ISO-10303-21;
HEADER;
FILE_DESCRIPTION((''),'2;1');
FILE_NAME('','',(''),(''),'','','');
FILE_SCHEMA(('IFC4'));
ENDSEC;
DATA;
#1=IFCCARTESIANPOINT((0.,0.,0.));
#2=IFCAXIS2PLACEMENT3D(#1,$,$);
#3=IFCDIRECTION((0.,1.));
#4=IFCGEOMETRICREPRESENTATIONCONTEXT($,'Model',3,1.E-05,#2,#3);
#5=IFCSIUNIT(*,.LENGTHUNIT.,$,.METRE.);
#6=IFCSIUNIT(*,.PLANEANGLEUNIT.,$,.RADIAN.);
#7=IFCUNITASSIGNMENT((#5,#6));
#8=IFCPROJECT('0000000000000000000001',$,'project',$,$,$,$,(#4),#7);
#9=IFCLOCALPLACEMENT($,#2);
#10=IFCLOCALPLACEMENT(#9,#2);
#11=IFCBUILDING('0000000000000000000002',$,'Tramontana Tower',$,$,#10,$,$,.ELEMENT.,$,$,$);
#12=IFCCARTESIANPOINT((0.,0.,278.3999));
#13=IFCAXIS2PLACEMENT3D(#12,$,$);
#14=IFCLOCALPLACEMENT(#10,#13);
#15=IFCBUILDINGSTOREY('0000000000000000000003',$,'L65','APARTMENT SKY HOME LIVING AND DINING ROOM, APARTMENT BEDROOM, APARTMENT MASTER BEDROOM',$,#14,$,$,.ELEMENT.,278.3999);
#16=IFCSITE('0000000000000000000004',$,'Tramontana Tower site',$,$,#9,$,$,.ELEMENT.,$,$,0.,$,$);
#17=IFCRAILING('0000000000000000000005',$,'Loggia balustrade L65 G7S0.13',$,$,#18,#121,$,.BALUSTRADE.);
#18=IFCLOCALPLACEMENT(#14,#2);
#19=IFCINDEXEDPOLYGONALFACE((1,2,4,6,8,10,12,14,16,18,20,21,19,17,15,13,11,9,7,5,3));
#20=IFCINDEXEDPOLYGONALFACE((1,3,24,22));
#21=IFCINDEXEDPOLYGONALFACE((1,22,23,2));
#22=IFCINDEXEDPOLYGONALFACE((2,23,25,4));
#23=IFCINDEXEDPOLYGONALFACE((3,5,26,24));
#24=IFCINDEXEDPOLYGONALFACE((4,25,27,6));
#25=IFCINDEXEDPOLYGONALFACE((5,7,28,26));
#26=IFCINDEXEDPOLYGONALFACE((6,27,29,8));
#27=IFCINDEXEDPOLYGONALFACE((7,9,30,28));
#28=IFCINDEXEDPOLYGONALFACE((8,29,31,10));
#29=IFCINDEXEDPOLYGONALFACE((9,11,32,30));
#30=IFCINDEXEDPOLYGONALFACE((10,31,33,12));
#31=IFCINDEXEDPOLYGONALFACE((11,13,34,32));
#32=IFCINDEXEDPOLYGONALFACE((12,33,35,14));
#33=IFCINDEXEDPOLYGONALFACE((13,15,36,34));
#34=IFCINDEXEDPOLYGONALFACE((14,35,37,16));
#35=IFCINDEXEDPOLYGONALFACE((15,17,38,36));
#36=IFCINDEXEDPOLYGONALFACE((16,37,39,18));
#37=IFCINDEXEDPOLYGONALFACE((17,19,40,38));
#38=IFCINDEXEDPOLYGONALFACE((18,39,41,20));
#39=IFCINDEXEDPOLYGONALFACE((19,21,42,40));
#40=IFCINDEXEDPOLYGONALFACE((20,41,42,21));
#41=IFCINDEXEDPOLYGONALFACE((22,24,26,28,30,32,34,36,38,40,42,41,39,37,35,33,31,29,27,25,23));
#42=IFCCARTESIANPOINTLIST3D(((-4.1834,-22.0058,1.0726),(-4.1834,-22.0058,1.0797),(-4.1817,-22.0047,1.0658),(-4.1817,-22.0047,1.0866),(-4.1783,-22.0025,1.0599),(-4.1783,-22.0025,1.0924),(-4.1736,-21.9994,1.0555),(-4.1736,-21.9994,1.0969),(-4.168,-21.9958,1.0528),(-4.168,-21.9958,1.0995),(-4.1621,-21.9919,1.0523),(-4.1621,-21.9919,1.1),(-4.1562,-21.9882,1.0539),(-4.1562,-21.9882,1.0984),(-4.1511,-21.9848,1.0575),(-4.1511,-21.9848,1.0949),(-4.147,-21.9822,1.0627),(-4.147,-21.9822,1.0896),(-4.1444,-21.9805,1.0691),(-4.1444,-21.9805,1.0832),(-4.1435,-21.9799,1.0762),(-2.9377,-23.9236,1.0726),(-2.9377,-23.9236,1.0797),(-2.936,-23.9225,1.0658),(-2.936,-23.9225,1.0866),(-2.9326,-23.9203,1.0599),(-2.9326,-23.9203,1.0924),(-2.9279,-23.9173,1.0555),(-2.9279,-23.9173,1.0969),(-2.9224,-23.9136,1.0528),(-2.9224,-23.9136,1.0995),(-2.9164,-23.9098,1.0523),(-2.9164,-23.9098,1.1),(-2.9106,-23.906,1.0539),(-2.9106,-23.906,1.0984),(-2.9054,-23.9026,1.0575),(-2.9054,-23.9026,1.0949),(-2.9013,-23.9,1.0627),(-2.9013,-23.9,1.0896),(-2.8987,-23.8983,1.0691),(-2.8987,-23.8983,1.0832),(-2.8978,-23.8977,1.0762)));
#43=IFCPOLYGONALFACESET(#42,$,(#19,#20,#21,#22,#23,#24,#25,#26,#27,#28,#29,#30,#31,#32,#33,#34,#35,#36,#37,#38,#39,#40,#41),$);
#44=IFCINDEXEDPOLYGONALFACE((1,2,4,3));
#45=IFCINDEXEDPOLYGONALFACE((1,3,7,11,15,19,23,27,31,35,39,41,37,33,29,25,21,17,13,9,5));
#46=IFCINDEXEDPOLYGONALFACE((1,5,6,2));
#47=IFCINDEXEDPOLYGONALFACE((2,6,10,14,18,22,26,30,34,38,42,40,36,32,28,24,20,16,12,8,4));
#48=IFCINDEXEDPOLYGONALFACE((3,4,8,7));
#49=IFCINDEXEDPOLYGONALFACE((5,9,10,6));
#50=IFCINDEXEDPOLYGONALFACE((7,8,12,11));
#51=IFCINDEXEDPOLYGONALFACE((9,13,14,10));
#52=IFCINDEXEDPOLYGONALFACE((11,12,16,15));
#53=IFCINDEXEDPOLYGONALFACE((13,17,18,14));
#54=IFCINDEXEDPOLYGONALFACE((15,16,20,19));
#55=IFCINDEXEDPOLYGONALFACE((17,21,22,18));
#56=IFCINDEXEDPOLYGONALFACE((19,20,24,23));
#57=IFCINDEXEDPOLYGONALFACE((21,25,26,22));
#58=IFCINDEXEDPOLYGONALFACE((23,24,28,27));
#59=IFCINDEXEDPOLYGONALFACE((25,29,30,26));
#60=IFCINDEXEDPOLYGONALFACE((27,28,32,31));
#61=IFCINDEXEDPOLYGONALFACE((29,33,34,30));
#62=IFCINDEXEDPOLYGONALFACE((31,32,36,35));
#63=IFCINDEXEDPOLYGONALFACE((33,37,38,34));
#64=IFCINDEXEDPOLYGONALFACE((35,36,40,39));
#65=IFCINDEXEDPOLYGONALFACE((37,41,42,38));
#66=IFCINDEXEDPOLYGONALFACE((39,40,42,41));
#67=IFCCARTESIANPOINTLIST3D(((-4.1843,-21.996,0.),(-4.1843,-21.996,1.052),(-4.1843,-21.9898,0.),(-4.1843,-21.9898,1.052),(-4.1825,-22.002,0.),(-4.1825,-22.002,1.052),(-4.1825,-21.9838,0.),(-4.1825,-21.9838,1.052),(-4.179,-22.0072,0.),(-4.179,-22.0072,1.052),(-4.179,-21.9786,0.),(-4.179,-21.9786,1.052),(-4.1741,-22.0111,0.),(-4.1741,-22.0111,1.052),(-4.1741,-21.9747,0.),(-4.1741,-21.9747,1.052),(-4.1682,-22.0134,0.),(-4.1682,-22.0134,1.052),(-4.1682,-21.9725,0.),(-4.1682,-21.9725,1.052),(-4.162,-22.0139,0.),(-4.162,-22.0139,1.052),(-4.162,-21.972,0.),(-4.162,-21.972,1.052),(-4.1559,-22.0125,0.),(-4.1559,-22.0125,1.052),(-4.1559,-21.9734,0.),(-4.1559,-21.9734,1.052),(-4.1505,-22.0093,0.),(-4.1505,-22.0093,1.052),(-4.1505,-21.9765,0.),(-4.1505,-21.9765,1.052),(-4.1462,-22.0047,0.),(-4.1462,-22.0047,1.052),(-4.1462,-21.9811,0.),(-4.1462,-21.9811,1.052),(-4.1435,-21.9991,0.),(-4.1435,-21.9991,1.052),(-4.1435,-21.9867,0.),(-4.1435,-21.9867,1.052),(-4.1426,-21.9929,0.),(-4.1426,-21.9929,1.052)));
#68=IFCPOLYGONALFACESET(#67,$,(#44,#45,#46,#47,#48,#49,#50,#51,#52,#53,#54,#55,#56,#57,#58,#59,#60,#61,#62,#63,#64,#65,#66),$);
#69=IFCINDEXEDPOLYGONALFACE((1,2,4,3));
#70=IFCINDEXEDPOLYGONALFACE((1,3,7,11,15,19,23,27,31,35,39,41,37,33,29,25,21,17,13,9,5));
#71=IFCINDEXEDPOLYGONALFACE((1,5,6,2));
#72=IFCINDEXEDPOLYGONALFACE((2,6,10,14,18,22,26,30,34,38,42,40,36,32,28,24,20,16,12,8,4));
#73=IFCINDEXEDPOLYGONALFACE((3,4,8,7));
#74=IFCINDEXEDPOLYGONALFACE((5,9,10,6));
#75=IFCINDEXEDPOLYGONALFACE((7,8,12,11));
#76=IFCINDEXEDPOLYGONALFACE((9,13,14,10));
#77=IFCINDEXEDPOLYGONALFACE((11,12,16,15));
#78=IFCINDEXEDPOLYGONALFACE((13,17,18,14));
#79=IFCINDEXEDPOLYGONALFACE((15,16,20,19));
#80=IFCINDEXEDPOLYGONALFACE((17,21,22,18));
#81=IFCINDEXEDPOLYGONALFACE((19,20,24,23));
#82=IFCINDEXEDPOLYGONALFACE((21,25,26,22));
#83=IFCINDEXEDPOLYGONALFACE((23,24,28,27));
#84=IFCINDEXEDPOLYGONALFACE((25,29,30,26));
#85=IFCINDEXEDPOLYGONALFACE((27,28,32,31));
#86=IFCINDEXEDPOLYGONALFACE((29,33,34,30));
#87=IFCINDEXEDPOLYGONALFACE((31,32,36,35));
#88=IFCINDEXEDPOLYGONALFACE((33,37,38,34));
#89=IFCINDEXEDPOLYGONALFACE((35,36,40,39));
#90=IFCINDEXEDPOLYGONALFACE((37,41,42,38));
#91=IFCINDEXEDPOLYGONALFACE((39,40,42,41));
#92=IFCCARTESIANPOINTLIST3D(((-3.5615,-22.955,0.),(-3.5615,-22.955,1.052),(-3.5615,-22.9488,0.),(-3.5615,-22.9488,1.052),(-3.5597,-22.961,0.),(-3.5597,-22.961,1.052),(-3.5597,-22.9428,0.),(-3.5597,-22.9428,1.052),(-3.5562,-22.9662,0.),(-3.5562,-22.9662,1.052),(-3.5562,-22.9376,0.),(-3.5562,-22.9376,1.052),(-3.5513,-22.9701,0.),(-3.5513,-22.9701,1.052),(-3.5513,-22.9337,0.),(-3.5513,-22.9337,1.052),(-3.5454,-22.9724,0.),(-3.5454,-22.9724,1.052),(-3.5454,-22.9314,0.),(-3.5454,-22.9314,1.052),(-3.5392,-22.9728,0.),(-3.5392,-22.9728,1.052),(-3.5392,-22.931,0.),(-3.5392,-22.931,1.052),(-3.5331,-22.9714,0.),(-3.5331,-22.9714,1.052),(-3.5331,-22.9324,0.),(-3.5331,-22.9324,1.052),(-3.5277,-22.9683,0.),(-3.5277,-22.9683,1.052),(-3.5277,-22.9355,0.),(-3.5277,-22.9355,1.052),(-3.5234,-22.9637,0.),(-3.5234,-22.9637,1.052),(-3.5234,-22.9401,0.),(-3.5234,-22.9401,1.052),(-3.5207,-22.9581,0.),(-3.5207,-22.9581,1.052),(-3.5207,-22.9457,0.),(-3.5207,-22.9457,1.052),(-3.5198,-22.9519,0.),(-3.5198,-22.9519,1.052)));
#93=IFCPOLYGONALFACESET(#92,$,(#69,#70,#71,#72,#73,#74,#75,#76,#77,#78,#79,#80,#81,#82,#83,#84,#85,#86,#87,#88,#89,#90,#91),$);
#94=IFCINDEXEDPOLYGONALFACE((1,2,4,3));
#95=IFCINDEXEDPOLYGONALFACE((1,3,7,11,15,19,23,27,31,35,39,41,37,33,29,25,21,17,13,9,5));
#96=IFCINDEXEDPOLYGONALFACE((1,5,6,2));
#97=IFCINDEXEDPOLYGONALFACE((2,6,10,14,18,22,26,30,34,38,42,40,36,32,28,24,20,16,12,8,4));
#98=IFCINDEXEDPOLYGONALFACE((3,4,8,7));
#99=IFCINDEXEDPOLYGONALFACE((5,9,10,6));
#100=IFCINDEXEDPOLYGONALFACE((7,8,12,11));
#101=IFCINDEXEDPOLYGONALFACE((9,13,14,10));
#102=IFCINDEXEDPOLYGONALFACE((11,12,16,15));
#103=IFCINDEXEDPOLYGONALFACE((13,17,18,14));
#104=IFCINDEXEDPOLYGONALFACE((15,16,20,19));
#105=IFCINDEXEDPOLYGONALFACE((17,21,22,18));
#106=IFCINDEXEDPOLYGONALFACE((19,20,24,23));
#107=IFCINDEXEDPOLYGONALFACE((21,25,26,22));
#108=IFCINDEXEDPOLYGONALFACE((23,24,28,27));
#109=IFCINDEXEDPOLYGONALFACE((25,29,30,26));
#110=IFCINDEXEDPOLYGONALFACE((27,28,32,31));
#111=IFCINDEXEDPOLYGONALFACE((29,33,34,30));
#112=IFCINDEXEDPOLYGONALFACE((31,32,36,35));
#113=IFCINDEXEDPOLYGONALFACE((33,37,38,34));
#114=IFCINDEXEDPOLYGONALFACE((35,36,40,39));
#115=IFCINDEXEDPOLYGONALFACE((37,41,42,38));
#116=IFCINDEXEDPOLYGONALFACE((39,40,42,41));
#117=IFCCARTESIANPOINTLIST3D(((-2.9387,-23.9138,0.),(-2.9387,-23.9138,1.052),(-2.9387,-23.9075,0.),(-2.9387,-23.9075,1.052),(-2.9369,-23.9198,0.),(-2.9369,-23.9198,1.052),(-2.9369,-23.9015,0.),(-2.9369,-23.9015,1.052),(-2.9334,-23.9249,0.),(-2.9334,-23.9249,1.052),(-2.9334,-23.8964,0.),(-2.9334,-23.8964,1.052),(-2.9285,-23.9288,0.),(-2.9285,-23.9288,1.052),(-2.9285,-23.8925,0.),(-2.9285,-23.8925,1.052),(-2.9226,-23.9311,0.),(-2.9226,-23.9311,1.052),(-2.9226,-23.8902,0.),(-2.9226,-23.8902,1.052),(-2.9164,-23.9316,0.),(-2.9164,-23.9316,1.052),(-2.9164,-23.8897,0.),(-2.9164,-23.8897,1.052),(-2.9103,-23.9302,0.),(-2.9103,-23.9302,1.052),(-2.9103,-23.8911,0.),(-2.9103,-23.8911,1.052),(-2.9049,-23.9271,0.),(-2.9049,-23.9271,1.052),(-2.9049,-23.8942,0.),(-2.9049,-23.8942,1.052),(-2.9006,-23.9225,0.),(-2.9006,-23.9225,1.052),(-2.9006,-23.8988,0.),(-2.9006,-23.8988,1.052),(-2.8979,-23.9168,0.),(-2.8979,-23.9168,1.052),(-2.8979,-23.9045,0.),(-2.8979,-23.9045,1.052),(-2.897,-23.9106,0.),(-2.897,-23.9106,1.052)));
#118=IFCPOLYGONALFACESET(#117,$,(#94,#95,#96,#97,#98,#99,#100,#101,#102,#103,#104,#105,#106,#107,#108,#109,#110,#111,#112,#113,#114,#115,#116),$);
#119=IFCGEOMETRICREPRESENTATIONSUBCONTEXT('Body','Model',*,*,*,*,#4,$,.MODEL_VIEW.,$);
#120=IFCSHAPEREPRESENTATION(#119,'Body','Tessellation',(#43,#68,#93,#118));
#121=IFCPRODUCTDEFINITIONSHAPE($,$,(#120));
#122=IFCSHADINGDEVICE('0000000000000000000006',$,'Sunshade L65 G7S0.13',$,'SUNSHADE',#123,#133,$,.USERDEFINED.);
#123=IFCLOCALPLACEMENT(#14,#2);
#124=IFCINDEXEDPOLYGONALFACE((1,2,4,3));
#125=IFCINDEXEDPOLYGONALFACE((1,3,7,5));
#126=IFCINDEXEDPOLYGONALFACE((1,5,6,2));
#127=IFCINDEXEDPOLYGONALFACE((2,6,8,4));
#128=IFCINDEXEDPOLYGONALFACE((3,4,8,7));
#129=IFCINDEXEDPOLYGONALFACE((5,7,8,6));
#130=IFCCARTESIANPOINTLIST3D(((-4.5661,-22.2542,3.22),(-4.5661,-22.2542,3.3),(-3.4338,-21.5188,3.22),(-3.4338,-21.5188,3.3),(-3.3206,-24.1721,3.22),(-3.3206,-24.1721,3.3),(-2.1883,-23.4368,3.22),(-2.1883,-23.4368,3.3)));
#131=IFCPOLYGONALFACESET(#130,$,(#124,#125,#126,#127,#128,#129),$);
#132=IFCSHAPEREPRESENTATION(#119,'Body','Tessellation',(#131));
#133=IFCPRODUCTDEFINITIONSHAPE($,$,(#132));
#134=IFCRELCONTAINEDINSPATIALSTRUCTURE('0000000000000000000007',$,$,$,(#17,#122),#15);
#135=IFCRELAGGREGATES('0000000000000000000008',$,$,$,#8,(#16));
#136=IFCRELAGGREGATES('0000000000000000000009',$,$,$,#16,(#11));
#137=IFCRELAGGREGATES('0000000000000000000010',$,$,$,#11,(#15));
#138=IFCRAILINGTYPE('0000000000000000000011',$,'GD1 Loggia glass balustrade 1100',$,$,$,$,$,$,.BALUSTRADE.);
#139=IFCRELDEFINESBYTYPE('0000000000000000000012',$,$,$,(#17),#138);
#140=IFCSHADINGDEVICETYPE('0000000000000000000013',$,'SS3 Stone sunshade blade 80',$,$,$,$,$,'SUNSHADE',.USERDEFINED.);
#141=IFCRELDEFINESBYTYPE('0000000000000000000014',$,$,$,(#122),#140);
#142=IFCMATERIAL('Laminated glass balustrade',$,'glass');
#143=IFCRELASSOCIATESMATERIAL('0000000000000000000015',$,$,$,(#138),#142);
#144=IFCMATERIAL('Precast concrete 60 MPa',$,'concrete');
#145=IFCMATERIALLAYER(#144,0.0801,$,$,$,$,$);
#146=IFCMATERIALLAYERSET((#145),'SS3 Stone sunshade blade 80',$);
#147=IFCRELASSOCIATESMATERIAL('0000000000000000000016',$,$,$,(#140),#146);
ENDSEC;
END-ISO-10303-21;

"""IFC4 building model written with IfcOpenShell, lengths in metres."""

from ifc_helpers import new_model, si_unit, direction, frame, origin, origin_2d, place, context, subcontext, project, spatial, rectangle, circle, extrude, material, layer, layer_set, type_object, element, save


model = new_model("IFC4")

# Units and contexts
model_context = context("Model", 3, precision=1e-05, world=origin(), true_north=direction((0.0, 1.0)))
body_context = subcontext(model_context, "Body", "Model", "MODEL_VIEW")
ifc_project = project(units=[si_unit("LENGTHUNIT", "METRE"), si_unit("PLANEANGLEUNIT", "RADIAN")], contexts=[model_context])

# Site, building, storey
site_placement = place(None, origin())
site = spatial("IfcSite", under=ifc_project, at=site_placement, Name="Tramontana Tower site", CompositionType="ELEMENT", RefElevation=0.0)
building_placement = place(site_placement, origin())
building = spatial("IfcBuilding", under=site, at=building_placement, Name="Tramontana Tower", CompositionType="ELEMENT")
storey_placement = place(building_placement, frame((0.0, 0.0, 278.3999)))
storey = spatial("IfcBuildingStorey", under=building, at=storey_placement, Name="L65", Description="APARTMENT SKY HOME LIVING AND DINING ROOM, APARTMENT BEDROOM, APARTMENT MASTER BEDROOM", CompositionType="ELEMENT", Elevation=278.3999)

# Railing
ifc_material_1 = material(Name="Laminated glass balustrade", Category="glass")
railing_type = type_object("IfcRailingType", Name="GD1 Loggia glass balustrade 1100", PredefinedType="BALUSTRADE", material=ifc_material_1)
railing_placement = place(storey_placement, frame((-4.1636, -21.9929, 0.0)))
element("IfcRailing", 1, at=railing_placement, inside=storey, type_object=railing_type, Name="Loggia balustrade L65 G7S0.13", PredefinedType="BALUSTRADE", context=body_context, shape_type="SweptSolid", body=[
    extrude(circle(Radius=0.0239, at=origin_2d()), frame((0.0, 0.0, 1.0762), z_axis=(0.544707, -0.838627, 0.0), x_axis=(0.838627, 0.544707, 0.0)), (0.0, 0.0, 1.0), 2.2869),
    extrude(circle(Radius=0.021, at=origin_2d()), origin(), (0.0, 0.0, 1.0), 1.052),
    extrude(circle(Radius=0.021, at=origin_2d()), frame((0.6228, -0.959, 0.0)), (0.0, 0.0, 1.0), 1.052),
    extrude(circle(Radius=0.021, at=origin_2d()), frame((1.2456, -1.9177, 0.0)), (0.0, 0.0, 1.0), 1.052),
])

# Shading device
ifc_material_2 = material(Name="Precast concrete 60 MPa", Category="concrete")
ifc_layer_1 = layer(ifc_material_2, 0.0801)
ifc_layer_set_1 = layer_set([ifc_layer_1], Name="SS3 Stone sunshade blade 80")
shading_device_type = type_object("IfcShadingDeviceType", Name="SS3 Stone sunshade blade 80", ElementType="SUNSHADE", PredefinedType="USERDEFINED", material=ifc_layer_set_1)
shading_device_placement = place(storey_placement, frame((-3.3772, -22.8455, 3.22), z_axis=(0.0, 0.0, 1.0), x_axis=(0.544639, -0.838671, 0.0)))
element("IfcShadingDevice", 2, at=shading_device_placement, inside=storey, type_object=shading_device_type, Name="Sunshade L65 G7S0.13", ObjectType="SUNSHADE", PredefinedType="USERDEFINED", context=body_context, shape_type="SweptSolid", body=[
    extrude(rectangle(XDim=2.2869, YDim=1.3501, at=origin_2d()), origin(), (0.0, 0.0, 1.0), 0.0801),
])

save(model, "model.ifc")
